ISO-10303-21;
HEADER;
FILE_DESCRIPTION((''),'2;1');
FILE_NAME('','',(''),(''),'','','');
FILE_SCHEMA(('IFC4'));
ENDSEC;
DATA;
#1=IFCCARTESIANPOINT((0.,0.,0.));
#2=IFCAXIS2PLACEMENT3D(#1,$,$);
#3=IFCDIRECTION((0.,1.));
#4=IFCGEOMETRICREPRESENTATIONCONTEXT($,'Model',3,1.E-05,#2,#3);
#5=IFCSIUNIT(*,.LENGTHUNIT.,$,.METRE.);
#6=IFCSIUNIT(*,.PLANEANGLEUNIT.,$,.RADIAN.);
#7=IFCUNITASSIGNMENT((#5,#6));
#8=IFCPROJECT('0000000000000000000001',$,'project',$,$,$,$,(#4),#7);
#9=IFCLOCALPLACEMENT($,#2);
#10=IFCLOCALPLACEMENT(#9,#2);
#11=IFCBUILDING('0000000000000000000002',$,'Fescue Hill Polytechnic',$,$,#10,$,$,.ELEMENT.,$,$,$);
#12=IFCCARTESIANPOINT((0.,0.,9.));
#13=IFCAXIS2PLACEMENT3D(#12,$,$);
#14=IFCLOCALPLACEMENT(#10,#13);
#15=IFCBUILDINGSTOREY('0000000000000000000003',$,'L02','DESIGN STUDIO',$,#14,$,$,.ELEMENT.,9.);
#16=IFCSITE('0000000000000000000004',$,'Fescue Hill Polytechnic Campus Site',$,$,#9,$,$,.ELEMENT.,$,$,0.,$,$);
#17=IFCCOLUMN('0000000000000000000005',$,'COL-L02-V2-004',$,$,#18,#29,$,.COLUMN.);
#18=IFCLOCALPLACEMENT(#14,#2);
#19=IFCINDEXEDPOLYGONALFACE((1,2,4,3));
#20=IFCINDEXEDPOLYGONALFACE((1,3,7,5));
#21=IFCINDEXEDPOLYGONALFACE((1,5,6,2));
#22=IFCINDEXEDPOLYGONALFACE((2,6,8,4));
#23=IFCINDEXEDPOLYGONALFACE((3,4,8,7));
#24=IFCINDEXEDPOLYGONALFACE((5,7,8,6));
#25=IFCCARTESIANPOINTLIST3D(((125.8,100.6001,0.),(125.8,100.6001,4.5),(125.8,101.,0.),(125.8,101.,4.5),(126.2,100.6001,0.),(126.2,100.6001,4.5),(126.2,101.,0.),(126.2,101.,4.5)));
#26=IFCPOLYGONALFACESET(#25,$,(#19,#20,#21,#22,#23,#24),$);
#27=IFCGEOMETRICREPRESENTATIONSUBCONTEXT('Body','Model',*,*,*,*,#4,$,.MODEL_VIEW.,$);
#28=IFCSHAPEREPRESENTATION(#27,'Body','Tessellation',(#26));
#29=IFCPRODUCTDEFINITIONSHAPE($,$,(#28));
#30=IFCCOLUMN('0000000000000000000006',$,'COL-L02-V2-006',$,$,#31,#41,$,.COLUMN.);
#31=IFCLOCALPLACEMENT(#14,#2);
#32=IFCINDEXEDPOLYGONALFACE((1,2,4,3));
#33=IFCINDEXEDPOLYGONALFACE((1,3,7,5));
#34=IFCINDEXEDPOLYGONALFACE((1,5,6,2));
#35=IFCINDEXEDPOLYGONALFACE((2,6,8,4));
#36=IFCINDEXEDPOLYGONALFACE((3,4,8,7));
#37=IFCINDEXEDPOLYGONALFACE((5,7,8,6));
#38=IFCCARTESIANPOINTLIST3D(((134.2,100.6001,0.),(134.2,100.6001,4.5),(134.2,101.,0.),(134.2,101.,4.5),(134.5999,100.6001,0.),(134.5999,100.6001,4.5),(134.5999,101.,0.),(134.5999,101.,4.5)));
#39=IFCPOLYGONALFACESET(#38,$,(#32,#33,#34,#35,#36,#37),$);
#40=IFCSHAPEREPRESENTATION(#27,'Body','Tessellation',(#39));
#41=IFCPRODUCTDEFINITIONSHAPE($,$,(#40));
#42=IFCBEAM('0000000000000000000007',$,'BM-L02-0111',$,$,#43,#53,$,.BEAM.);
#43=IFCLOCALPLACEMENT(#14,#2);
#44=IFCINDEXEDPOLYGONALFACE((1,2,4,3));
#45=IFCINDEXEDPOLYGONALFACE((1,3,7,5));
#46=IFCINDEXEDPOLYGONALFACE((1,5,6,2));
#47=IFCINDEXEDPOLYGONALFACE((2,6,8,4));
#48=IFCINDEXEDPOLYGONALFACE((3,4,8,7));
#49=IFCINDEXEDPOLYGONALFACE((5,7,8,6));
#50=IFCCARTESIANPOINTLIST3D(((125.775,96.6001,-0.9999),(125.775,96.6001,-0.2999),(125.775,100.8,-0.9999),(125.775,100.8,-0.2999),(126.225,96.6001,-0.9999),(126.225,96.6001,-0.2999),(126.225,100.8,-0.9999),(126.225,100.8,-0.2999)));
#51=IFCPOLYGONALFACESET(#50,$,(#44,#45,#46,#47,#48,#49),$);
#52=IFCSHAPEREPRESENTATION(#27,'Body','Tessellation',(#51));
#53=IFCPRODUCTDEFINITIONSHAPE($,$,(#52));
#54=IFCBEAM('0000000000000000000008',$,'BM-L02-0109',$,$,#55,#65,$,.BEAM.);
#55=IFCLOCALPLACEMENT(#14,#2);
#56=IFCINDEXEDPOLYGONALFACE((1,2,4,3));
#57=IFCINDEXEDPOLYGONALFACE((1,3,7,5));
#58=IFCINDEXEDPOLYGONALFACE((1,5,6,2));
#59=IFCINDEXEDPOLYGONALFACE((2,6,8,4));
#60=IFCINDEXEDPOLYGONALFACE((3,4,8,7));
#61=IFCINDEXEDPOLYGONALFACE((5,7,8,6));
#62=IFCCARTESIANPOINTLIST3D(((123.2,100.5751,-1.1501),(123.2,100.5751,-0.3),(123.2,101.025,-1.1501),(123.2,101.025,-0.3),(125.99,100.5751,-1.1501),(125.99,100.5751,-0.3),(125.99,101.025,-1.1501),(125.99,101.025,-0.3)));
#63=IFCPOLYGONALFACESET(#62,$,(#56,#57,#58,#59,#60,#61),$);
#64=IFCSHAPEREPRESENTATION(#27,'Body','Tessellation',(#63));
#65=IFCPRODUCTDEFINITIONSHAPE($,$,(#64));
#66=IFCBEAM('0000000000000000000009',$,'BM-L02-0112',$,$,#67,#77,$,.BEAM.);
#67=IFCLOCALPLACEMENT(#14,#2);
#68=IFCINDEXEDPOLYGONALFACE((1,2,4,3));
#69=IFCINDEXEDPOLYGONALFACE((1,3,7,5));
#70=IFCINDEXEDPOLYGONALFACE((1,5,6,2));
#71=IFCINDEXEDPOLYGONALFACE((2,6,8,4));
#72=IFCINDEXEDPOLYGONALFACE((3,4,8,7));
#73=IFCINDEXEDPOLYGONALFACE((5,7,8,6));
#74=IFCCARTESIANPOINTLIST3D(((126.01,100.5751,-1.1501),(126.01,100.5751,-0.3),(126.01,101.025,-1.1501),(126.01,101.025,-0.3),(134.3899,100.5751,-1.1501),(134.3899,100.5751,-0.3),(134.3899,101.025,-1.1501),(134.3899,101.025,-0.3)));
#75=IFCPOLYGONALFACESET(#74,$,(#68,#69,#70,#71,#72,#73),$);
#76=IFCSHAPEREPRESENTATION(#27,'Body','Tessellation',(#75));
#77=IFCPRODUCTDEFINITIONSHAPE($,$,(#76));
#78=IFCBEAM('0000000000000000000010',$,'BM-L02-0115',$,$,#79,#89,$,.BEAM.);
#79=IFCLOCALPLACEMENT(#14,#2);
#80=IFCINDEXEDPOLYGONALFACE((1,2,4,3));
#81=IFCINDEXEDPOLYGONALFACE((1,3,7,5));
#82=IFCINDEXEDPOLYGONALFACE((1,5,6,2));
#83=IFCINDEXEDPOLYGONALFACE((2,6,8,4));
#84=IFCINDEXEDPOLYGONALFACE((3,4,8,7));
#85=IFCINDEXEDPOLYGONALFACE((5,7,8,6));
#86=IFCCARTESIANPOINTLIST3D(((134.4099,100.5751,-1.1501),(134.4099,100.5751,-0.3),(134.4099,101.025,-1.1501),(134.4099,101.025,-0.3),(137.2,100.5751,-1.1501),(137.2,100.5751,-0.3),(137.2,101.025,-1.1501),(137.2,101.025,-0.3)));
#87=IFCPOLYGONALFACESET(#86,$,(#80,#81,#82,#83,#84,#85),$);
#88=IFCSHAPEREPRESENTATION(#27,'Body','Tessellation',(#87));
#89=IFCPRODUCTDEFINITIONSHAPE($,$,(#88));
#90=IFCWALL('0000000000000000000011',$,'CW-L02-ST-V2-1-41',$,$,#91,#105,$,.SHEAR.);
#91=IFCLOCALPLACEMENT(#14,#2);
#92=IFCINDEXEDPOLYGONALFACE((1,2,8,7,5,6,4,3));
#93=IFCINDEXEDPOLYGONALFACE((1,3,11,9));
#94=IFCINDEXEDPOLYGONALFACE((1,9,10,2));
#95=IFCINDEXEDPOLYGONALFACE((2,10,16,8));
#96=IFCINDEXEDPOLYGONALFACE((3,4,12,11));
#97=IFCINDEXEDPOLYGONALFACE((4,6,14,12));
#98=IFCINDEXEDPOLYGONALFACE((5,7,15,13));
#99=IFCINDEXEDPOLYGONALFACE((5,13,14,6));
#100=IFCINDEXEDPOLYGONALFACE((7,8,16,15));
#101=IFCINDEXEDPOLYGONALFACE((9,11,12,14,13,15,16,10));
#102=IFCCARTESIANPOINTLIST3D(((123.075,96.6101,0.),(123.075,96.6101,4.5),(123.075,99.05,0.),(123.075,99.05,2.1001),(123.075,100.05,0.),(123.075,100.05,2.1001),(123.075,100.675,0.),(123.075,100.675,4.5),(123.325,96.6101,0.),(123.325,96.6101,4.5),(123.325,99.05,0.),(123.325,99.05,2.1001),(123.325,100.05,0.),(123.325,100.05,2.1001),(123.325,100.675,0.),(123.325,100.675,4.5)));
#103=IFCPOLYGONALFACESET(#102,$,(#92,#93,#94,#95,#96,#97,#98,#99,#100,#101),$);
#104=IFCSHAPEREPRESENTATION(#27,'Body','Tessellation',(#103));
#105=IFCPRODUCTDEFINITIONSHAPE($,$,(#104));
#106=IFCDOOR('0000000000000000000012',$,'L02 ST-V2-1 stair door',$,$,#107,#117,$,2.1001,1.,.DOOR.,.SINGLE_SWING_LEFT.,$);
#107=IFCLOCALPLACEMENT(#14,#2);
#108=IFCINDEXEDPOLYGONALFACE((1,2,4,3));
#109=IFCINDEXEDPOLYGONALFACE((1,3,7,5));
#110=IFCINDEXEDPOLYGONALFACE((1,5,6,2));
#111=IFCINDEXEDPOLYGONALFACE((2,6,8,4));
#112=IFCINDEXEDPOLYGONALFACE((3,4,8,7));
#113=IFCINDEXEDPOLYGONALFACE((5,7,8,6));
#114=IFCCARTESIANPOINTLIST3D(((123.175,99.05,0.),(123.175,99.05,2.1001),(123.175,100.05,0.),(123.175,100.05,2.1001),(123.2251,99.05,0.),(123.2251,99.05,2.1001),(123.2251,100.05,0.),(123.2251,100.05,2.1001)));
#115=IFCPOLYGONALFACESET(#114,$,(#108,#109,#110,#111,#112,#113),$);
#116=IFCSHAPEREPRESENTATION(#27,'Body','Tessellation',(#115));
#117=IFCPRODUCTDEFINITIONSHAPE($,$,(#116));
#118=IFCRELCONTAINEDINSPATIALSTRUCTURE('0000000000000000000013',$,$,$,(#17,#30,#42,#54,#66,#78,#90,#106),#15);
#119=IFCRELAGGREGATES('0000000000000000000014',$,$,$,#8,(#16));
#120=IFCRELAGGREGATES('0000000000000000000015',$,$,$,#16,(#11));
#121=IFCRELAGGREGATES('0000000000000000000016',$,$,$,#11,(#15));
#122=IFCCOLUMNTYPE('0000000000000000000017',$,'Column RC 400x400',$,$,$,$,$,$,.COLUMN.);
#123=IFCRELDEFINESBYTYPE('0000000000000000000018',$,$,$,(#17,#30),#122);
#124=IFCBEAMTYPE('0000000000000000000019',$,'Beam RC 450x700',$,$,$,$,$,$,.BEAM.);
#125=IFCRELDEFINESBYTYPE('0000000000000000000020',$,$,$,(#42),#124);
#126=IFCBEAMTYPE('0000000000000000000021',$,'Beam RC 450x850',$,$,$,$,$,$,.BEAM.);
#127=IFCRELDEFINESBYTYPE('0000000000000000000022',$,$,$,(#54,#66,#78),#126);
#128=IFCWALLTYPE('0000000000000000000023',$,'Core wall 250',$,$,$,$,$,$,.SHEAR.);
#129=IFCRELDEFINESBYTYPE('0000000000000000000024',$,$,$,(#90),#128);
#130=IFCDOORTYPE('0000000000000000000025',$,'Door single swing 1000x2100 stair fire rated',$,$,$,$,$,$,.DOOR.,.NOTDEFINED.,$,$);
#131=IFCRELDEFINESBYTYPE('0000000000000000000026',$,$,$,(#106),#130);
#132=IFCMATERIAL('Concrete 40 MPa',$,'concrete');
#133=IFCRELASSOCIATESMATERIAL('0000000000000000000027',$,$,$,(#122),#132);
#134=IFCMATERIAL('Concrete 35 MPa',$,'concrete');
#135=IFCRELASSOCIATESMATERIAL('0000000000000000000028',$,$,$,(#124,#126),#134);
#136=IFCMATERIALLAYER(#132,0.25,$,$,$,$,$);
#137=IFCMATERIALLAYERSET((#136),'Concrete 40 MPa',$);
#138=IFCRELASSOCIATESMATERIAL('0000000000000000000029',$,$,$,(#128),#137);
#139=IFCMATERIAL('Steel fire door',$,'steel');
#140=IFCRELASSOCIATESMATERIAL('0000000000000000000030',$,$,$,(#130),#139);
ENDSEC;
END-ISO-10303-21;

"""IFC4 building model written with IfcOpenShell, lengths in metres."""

from ifc_helpers import new_model, si_unit, direction, frame, frame_2d, origin, origin_2d, place, context, subcontext, project, spatial, rectangle, extrude, material, layer, layer_set, material_profile, profile_set, type_object, element, fill, save


model = new_model("IFC4")

# Units and contexts
model_context = context("Model", 3, precision=1e-05, world=origin(), true_north=direction((0.0, 1.0)))
body_context = subcontext(model_context, "Body", "Model", "MODEL_VIEW")
ifc_project = project(units=[si_unit("LENGTHUNIT", "METRE"), si_unit("PLANEANGLEUNIT", "RADIAN")], contexts=[model_context])

# Site, building, storey
site_placement = place(None, origin())
site = spatial("IfcSite", under=ifc_project, at=site_placement, Name="Fescue Hill Polytechnic Campus Site", CompositionType="ELEMENT", RefElevation=0.0)
building_placement = place(site_placement, origin())
building = spatial("IfcBuilding", under=site, at=building_placement, Name="Fescue Hill Polytechnic", CompositionType="ELEMENT")
storey_placement = place(building_placement, frame((0.0, 0.0, 9.0)))
storey = spatial("IfcBuildingStorey", under=building, at=storey_placement, Name="L02", Description="DESIGN STUDIO", CompositionType="ELEMENT", Elevation=9.0)

# Columns
ifc_material_1 = material(Name="Concrete 40 MPa", Category="concrete")
ifc_material_profile_1 = material_profile(ifc_material_1, rectangle(XDim=0.3999, YDim=0.3999, at=origin_2d()), Name="RC 400x400")
ifc_profile_set_1 = profile_set([ifc_material_profile_1], Name="Concrete 40 MPa")
column_type = type_object("IfcColumnType", Name="Column RC 400x400", PredefinedType="COLUMN", material=ifc_profile_set_1)
for number, where, z_axis, x_axis, name in (
    (1, (126.0, 100.8, 0.0), (0.0, 0.0, 1.0), (1.0, 0.0, 0.0), "COL-L02-V2-004"),
    (2, (134.3999, 100.8, 0.0), (0.0, 0.0, 1.0), (1.0, 0.0, 0.0), "COL-L02-V2-006"),
):
    element("IfcColumn", number, at=place(storey_placement, frame(where, z_axis=z_axis, x_axis=x_axis)), inside=storey, type_object=column_type, Name=name, PredefinedType="COLUMN", context=body_context, shape_type="SweptSolid", body=[
        extrude(rectangle(XDim=0.3999, YDim=0.3999, at=origin_2d()), origin(), (0.0, 0.0, 1.0), 4.5),
    ])

# Beams
ifc_material_2 = material(Name="Concrete 35 MPa", Category="concrete")
ifc_material_profile_2 = material_profile(ifc_material_2, rectangle(XDim=0.45, YDim=0.7, at=origin_2d()), Name="RC 450x700")
ifc_profile_set_2 = profile_set([ifc_material_profile_2], Name="Concrete 35 MPa")
beam_type_1 = type_object("IfcBeamType", Name="Beam RC 450x700", PredefinedType="BEAM", material=ifc_profile_set_2)
beam_1_placement = place(storey_placement, frame((126.0, 96.6001, -0.6499), z_axis=(0.0, 1.0, 0.0), x_axis=(-1.0, 0.0, 0.0)))
element("IfcBeam", 3, at=beam_1_placement, inside=storey, type_object=beam_type_1, Name="BM-L02-0111", PredefinedType="BEAM", context=body_context, shape_type="SweptSolid", body=[
    extrude(rectangle(XDim=0.45, YDim=0.7, at=origin_2d()), origin(), (0.0, 0.0, 1.0), 4.2),
])
ifc_material_profile_3 = material_profile(ifc_material_2, rectangle(XDim=0.45, YDim=0.8501, at=origin_2d()), Name="RC 450x850")
ifc_profile_set_3 = profile_set([ifc_material_profile_3], Name="Concrete 35 MPa")
beam_type_2 = type_object("IfcBeamType", Name="Beam RC 450x850", PredefinedType="BEAM", material=ifc_profile_set_3)
beam_2_placement = place(storey_placement, frame((123.2, 100.8, -0.7251), z_axis=(1.0, 0.0, 0.0), x_axis=(0.0, 1.0, 0.0)))
element("IfcBeam", 4, at=beam_2_placement, inside=storey, type_object=beam_type_2, Name="BM-L02-0109", PredefinedType="BEAM", context=body_context, shape_type="SweptSolid", body=[
    extrude(rectangle(XDim=0.45, YDim=0.8501, at=origin_2d()), origin(), (0.0, 0.0, 1.0), 2.79),
])
beam_3_placement = place(storey_placement, frame((126.01, 100.8, -0.7251), z_axis=(1.0, 0.0, 0.0), x_axis=(0.0, 1.0, 0.0)))
element("IfcBeam", 5, at=beam_3_placement, inside=storey, type_object=beam_type_2, Name="BM-L02-0112", PredefinedType="BEAM", context=body_context, shape_type="SweptSolid", body=[
    extrude(rectangle(XDim=0.45, YDim=0.8501, at=origin_2d()), origin(), (0.0, 0.0, 1.0), 8.3799),
])
beam_4_placement = place(storey_placement, frame((134.4099, 100.8, -0.7251), z_axis=(1.0, 0.0, 0.0), x_axis=(0.0, 1.0, 0.0)))
element("IfcBeam", 6, at=beam_4_placement, inside=storey, type_object=beam_type_2, Name="BM-L02-0115", PredefinedType="BEAM", context=body_context, shape_type="SweptSolid", body=[
    extrude(rectangle(XDim=0.45, YDim=0.8501, at=origin_2d()), origin(), (0.0, 0.0, 1.0), 2.79),
])

# Wall, opening, door
ifc_layer_1 = layer(ifc_material_1, 0.25)
ifc_layer_set_1 = layer_set([ifc_layer_1], Name="Concrete 40 MPa")
wall_type_1 = type_object("IfcWallType", Name="Core wall 250", PredefinedType="SHEAR", material=ifc_layer_set_1)
wall_1_placement = place(storey_placement, frame((123.2, 96.6101, 0.0), z_axis=(0.0, 0.0, 1.0), x_axis=(0.0, 1.0, 0.0)))
wall_1 = element("IfcWall", 7, at=wall_1_placement, inside=storey, type_object=wall_type_1, Name="CW-L02-ST-V2-1-41", PredefinedType="SHEAR", context=body_context, shape_type="SweptSolid", body=[
    extrude(rectangle(XDim=4.0649, YDim=0.25, at=frame_2d((2.0325, 0.0))), origin(), (0.0, 0.0, 1.0), 4.5),
])
opening_1_placement = place(wall_1_placement, frame((2.4399, 0.0, 0.0)))
opening_1 = element("IfcOpeningElement", 8, at=opening_1_placement, cuts=wall_1, PredefinedType="OPENING", context=body_context, shape_type="SweptSolid", body=[
    extrude(rectangle(XDim=1.0, YDim=2.1001, at=frame_2d((0.5, 1.05))), frame((0.0, 0.135, 0.0), z_axis=(0.0, -1.0, 0.0), x_axis=(1.0, 0.0, 0.0)), (0.0, 0.0, 1.0), 0.27),
])
ifc_material_3 = material(Name="Steel fire door", Category="steel")
door_type_1 = type_object("IfcDoorType", Name="Door single swing 1000x2100 stair fire rated", OperationType="NOTDEFINED", PredefinedType="DOOR", material=ifc_material_3)
door_1_placement = place(opening_1_placement, origin())
door_1 = element("IfcDoor", 9, at=door_1_placement, inside=storey, type_object=door_type_1, Name="L02 ST-V2-1 stair door", OperationType="SINGLE_SWING_LEFT", OverallHeight=2.1001, OverallWidth=1.0, PredefinedType="DOOR", context=body_context, shape_type="SweptSolid", body=[
    extrude(rectangle(XDim=1.0, YDim=2.1001, at=frame_2d((0.5, 1.05))), frame((0.0, 0.0249, 0.0), z_axis=(0.0, -1.0, 0.0), x_axis=(1.0, 0.0, 0.0)), (0.0, 0.0, 1.0), 0.05),
])
fill(opening_1, door_1)

save(model, "model.ifc")
